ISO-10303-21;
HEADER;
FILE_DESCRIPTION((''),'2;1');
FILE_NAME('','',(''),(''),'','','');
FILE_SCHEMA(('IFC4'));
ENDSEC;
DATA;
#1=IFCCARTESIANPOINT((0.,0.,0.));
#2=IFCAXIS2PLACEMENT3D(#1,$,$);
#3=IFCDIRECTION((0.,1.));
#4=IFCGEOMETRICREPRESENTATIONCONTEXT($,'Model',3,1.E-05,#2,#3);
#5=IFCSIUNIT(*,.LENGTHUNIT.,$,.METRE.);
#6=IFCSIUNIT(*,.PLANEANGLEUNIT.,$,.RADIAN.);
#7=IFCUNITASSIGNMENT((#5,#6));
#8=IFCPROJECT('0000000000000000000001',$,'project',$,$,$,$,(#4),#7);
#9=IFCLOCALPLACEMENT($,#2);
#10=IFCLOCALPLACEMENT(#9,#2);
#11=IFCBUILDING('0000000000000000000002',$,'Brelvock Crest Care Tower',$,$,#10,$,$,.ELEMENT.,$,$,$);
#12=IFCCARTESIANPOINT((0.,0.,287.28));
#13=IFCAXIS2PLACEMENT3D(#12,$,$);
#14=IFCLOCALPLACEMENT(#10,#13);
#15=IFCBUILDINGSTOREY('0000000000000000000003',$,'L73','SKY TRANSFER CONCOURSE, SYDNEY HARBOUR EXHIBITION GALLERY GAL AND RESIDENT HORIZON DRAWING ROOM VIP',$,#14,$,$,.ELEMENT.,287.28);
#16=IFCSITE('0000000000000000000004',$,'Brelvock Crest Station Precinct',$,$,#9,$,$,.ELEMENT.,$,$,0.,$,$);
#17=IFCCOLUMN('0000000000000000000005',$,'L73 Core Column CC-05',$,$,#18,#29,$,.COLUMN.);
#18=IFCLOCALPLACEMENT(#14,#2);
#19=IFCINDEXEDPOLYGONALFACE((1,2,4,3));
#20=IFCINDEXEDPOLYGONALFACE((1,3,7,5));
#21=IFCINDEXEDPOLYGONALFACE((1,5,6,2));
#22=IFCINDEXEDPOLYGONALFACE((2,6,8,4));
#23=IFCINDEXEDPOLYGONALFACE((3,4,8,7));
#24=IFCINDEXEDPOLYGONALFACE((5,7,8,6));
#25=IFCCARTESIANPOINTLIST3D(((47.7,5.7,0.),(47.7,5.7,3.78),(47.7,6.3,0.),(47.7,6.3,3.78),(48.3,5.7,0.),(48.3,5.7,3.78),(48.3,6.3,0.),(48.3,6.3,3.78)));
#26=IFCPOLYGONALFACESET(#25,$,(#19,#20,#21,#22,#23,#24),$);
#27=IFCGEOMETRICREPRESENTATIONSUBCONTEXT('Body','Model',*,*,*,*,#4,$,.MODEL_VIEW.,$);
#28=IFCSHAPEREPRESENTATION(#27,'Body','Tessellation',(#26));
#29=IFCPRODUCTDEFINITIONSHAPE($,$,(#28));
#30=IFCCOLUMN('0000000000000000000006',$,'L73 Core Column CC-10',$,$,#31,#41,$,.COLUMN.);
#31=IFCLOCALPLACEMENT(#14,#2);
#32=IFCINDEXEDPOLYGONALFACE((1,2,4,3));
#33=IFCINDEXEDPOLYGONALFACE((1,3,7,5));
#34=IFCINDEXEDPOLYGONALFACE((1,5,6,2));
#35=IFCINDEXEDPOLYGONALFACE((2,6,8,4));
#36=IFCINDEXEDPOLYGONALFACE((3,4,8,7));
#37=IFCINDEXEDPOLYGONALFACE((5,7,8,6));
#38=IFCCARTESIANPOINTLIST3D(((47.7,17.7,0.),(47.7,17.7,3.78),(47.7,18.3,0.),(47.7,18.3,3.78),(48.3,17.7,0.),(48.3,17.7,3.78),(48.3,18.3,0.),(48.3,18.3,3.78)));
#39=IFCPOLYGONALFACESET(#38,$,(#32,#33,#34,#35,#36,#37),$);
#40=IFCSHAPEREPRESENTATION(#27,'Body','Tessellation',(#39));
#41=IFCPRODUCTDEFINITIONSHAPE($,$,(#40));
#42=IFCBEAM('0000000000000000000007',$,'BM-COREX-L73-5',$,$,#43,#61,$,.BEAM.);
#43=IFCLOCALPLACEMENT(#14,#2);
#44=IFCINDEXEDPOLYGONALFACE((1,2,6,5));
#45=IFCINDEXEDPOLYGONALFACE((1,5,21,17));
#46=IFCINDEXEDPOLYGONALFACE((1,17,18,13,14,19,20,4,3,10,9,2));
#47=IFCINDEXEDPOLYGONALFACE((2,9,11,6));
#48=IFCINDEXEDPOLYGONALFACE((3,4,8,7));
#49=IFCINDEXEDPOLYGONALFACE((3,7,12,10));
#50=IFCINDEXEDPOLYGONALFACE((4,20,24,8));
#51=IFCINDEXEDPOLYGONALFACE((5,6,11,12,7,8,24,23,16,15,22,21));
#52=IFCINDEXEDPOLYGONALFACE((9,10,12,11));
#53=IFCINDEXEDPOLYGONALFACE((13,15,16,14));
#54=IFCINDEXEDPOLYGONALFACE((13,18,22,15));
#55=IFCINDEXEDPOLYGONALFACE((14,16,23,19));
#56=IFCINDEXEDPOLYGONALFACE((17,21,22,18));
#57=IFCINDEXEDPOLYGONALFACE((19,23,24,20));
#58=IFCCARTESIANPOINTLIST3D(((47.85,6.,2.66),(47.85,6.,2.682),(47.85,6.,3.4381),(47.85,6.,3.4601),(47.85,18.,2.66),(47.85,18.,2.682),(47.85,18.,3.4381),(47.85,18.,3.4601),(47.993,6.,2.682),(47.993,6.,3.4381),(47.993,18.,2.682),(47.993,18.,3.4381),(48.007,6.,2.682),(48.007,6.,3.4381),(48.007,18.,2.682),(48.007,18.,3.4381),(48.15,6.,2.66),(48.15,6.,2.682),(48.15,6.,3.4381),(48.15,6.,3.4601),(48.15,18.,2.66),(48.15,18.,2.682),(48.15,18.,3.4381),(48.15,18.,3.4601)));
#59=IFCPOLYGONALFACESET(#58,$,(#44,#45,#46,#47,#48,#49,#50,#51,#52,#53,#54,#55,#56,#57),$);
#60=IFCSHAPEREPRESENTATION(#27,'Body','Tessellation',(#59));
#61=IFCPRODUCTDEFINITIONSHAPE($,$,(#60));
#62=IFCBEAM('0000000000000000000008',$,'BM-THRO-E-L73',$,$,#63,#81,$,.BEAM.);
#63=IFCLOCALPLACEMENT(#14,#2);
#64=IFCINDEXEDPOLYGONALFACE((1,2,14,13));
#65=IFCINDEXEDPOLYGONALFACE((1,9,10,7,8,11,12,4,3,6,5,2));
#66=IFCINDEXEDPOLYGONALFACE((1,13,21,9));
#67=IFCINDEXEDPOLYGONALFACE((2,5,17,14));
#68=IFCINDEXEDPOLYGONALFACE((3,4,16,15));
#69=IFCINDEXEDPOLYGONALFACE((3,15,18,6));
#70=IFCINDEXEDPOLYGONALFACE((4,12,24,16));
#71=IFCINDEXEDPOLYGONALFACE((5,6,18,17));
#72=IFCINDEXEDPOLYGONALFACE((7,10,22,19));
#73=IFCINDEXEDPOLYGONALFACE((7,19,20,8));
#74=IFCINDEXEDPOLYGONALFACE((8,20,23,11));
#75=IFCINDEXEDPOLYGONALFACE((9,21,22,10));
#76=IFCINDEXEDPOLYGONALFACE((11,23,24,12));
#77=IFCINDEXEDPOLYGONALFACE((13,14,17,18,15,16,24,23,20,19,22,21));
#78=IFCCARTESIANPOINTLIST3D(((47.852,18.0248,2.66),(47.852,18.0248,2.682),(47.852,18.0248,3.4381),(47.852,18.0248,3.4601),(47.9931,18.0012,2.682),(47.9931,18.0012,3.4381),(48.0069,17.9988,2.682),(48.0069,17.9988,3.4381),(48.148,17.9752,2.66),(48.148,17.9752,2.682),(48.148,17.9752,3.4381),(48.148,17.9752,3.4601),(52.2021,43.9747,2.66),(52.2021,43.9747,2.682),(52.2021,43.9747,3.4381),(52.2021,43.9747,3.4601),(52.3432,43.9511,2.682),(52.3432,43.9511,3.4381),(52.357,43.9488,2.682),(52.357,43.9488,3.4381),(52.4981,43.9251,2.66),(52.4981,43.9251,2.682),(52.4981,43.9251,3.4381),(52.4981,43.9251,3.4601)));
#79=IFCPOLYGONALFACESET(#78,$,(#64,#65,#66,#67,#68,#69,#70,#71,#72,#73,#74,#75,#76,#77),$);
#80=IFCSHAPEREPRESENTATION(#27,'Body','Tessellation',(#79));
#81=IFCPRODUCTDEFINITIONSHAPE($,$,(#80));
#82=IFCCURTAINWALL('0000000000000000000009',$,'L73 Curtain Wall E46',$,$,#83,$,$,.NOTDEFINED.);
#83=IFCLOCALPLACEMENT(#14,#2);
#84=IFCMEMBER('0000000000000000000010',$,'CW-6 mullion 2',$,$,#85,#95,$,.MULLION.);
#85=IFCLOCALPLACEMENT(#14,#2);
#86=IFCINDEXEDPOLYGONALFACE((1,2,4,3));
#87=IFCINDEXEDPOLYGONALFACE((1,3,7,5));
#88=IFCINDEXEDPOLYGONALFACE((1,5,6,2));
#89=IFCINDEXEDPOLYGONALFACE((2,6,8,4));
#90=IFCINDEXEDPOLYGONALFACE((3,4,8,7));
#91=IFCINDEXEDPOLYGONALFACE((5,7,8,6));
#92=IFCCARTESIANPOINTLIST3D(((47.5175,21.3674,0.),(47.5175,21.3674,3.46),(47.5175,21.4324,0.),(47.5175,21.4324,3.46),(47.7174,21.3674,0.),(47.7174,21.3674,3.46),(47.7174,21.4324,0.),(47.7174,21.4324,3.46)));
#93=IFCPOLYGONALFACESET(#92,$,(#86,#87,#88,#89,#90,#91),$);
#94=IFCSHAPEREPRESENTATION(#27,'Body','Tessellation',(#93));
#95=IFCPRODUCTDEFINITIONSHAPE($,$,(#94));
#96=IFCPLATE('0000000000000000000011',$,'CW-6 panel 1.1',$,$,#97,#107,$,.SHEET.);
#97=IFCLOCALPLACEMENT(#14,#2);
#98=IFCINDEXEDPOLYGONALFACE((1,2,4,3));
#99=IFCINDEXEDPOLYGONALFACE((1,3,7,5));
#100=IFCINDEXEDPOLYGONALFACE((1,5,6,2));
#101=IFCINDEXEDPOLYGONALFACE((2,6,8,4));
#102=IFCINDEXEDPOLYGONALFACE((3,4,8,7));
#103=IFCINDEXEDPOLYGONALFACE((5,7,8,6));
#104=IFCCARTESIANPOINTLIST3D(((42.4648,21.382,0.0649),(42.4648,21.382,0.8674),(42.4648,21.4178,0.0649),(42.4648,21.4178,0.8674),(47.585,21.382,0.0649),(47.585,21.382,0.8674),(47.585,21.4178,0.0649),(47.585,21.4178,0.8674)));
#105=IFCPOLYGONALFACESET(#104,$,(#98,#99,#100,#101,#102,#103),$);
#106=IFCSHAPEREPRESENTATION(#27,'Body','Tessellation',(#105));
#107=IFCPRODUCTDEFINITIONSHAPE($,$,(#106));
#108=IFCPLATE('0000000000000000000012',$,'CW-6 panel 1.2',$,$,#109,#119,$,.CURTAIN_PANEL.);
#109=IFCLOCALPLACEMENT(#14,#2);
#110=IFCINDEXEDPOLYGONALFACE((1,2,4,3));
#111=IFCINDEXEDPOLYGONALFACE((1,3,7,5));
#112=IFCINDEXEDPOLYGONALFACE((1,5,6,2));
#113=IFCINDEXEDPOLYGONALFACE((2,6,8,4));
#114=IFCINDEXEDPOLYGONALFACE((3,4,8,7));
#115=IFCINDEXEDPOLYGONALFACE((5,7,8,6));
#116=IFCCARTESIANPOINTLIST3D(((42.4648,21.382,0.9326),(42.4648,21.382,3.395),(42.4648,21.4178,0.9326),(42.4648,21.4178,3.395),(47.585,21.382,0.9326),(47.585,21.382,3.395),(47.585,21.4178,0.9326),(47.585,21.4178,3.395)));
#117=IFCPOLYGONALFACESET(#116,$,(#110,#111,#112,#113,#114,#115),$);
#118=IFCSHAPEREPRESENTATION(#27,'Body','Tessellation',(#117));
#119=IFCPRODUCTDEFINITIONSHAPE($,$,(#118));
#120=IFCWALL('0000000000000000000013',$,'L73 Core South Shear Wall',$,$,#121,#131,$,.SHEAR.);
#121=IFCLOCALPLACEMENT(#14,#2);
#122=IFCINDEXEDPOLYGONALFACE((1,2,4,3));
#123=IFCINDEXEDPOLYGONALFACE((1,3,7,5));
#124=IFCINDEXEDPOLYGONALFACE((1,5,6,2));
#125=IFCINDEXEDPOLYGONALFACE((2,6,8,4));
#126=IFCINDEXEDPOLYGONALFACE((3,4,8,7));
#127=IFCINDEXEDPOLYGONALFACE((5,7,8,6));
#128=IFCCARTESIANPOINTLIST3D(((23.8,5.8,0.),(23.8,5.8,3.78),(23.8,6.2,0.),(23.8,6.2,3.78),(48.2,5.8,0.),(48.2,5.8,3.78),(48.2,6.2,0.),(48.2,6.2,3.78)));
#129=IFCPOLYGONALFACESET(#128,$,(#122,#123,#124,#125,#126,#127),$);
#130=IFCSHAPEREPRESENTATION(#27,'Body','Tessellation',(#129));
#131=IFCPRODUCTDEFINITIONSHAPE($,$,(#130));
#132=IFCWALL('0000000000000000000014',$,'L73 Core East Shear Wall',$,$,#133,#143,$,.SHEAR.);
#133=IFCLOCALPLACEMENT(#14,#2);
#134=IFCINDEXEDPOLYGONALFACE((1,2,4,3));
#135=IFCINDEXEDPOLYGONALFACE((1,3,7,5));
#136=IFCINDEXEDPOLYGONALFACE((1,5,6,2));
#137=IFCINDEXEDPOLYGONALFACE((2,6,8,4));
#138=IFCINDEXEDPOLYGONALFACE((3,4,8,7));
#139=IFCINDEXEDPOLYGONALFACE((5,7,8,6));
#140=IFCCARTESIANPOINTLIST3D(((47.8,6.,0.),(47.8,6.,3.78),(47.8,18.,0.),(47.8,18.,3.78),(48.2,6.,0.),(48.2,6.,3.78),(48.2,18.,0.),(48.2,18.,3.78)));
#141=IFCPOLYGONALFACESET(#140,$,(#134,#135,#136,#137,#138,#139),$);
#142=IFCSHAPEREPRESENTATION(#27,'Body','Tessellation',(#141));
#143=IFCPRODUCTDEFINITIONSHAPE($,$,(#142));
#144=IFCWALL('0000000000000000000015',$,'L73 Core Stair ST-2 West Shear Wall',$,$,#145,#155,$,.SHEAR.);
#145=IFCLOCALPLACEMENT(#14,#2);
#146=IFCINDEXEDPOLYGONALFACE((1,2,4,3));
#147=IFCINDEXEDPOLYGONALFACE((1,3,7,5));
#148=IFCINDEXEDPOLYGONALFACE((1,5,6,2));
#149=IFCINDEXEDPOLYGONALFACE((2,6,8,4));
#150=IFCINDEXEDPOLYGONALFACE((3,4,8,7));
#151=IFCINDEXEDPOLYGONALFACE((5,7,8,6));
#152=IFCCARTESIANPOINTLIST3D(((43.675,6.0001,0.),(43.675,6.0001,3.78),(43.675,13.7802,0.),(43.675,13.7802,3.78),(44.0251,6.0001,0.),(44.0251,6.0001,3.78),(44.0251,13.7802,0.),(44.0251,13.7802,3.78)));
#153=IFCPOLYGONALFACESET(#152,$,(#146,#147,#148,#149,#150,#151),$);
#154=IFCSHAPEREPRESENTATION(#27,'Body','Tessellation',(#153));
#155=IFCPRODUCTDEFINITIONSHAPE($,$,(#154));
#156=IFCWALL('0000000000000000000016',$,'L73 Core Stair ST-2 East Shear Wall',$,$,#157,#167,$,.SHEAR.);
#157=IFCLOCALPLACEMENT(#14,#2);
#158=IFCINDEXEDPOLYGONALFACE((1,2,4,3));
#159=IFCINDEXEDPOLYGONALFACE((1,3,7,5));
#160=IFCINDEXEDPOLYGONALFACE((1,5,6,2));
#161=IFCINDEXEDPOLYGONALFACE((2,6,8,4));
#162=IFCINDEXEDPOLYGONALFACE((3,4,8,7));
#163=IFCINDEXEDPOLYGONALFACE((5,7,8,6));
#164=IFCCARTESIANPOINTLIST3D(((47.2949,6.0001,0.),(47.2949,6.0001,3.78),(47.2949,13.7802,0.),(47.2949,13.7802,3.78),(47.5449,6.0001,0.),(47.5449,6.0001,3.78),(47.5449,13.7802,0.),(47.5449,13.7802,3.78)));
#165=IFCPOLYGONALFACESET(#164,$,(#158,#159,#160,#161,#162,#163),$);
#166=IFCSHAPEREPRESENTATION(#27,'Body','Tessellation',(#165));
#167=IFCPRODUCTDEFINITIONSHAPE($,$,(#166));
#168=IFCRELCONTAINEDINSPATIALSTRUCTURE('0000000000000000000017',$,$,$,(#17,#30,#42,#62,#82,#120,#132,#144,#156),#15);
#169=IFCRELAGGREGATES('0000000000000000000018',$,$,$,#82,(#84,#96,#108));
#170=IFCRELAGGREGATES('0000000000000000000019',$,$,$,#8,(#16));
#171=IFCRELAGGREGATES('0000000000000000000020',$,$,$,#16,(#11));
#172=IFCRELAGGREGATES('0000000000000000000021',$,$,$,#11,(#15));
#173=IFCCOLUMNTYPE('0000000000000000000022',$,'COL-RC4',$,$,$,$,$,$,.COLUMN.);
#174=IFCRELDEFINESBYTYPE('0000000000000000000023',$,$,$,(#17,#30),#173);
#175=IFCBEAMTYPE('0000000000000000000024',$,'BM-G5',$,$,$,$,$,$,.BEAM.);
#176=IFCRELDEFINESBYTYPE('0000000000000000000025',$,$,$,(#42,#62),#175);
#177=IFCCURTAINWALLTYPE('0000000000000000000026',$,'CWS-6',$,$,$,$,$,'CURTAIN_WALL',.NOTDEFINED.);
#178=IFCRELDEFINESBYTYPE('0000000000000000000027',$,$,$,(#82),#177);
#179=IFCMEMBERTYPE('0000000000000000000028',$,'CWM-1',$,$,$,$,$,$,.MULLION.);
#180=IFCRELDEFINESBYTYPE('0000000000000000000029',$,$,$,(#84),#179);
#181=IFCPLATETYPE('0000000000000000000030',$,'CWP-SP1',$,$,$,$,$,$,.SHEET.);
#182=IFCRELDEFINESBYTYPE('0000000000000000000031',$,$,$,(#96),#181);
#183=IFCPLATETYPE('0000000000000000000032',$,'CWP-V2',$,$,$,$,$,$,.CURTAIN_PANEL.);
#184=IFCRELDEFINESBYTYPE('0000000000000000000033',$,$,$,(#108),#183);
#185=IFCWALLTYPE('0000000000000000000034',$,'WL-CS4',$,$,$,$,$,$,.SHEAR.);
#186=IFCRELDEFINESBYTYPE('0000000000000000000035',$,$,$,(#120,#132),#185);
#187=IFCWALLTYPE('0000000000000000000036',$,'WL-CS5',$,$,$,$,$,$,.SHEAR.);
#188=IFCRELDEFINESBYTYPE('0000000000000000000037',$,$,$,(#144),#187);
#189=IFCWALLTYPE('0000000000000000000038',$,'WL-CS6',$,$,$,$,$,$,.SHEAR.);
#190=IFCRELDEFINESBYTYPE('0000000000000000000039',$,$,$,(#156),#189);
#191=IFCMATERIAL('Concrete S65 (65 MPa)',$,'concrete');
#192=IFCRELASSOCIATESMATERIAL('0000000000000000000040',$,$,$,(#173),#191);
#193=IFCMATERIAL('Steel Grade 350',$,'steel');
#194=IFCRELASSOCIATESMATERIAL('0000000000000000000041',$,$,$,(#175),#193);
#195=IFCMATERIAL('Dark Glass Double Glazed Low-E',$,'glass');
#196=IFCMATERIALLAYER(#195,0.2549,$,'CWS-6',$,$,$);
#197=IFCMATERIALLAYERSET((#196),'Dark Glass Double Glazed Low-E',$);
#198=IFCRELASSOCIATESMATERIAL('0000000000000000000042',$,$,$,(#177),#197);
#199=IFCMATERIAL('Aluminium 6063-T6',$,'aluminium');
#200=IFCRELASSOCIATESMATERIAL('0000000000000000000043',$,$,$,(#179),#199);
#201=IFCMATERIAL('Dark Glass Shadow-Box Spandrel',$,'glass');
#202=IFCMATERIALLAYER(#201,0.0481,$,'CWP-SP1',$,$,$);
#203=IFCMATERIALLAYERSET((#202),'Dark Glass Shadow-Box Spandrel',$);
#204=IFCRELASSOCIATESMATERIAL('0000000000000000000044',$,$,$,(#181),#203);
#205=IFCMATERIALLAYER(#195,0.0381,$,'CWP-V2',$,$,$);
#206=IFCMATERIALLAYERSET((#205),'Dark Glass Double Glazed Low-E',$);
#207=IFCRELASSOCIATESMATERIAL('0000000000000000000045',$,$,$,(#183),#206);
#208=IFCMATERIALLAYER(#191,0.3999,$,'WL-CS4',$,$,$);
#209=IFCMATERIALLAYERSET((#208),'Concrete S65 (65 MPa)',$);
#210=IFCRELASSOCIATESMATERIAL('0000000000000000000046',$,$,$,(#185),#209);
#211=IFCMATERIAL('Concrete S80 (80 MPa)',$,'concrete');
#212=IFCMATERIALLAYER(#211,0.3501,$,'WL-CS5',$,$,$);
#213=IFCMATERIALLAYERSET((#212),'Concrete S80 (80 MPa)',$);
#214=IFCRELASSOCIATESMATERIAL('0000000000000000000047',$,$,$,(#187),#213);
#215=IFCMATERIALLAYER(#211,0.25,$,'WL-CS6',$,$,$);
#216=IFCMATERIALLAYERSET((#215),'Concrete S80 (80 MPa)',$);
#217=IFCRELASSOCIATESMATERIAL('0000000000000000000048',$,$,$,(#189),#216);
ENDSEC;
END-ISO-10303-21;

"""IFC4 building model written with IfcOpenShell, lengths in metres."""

from ifc_helpers import new_model, si_unit, direction, frame, frame_2d, origin, origin_2d, place, context, subcontext, project, spatial, rectangle, i_section, extrude, source, transform, mapped, material, layer, layer_set, material_profile, profile_set, type_object, element, aggregate, save


model = new_model("IFC4")

# Units and contexts
model_context = context("Model", 3, precision=1e-05, world=origin(), true_north=direction((0.0, 1.0)))
body_context = subcontext(model_context, "Body", "Model", "MODEL_VIEW")
ifc_project = project(units=[si_unit("LENGTHUNIT", "METRE"), si_unit("PLANEANGLEUNIT", "RADIAN")], contexts=[model_context])

# Site, building, storey
site_placement = place(None, origin())
site = spatial("IfcSite", under=ifc_project, at=site_placement, Name="Brelvock Crest Station Precinct", CompositionType="ELEMENT", RefElevation=0.0)
building_placement = place(site_placement, origin())
building = spatial("IfcBuilding", under=site, at=building_placement, Name="Brelvock Crest Care Tower", CompositionType="ELEMENT")
storey_placement = place(building_placement, frame((0.0, 0.0, 287.28)))
storey = spatial("IfcBuildingStorey", under=building, at=storey_placement, Name="L73", Description="SKY TRANSFER CONCOURSE, SYDNEY HARBOUR EXHIBITION GALLERY GAL AND RESIDENT HORIZON DRAWING ROOM VIP", CompositionType="ELEMENT", Elevation=287.28)

# Columns
ifc_material_1 = material(Name="Concrete S65 (65 MPa)", Category="concrete")
ifc_material_profile_1 = material_profile(ifc_material_1, rectangle(XDim=0.6001, YDim=0.6001, at=origin_2d()), Name="RC600x600")
ifc_profile_set_1 = profile_set([ifc_material_profile_1], Name="Concrete S65 (65 MPa)")
column_type = type_object("IfcColumnType", Name="COL-RC4", PredefinedType="COLUMN", material=ifc_profile_set_1)
shared_shape_1 = source(origin(), body_context, "Body", "SweptSolid", [
    extrude(rectangle(XDim=0.6001, YDim=0.6001, at=origin_2d()), origin(), (0.0, 0.0, 1.0), 3.78),
])
for number, where, z_axis, x_axis, name in (
    (1, (48.0, 6.0, 0.0), (0.0, 0.0, 1.0), (1.0, 0.0, 0.0), "L73 Core Column CC-05"),
    (2, (48.0, 18.0, 0.0), (0.0, 0.0, 1.0), (1.0, 0.0, 0.0), "L73 Core Column CC-10"),
):
    element("IfcColumn", number, at=place(storey_placement, frame(where, z_axis=z_axis, x_axis=x_axis)), inside=storey, type_object=column_type, Name=name, PredefinedType="COLUMN", context=body_context, shape_type="MappedRepresentation", body=[
        mapped(shared_shape_1, transform((0.0, 0.0, 0.0), x_axis=(1.0, 0.0, 0.0), y_axis=(0.0, 1.0, 0.0), z_axis=(0.0, 0.0, 1.0), scale=1.0)),
    ])

# Beams
ifc_material_2 = material(Name="Steel Grade 350", Category="steel")
ifc_material_profile_2 = material_profile(ifc_material_2, i_section(OverallWidth=0.3, OverallDepth=0.8, WebThickness=0.0139, FlangeThickness=0.022, at=origin_2d()), Name="800WB192")
ifc_profile_set_2 = profile_set([ifc_material_profile_2], Name="Steel Grade 350")
beam_type = type_object("IfcBeamType", Name="BM-G5", PredefinedType="BEAM", material=ifc_profile_set_2)
shared_shape_2 = source(origin(), body_context, "Body", "SweptSolid", [
    extrude(i_section(OverallWidth=0.3, OverallDepth=0.8, WebThickness=0.0139, FlangeThickness=0.022, at=origin_2d()), origin(), (0.0, 0.0, 1.0), 12.0),
])
beam_1_placement = place(storey_placement, frame((48.0, 6.0, 3.0601), z_axis=(0.0, 1.0, 0.0), x_axis=(-1.0, 0.0, 0.0)))
element("IfcBeam", 3, at=beam_1_placement, inside=storey, type_object=beam_type, Name="BM-COREX-L73-5", PredefinedType="BEAM", context=body_context, shape_type="MappedRepresentation", body=[
    mapped(shared_shape_2, transform((0.0, 0.0, 0.0), x_axis=(1.0, 0.0, 0.0), y_axis=(0.0, 1.0, 0.0), z_axis=(0.0, 0.0, 1.0), scale=1.0)),
])
shared_shape_3 = source(origin(), body_context, "Body", "SweptSolid", [
    extrude(i_section(OverallWidth=0.3, OverallDepth=0.8, WebThickness=0.0139, FlangeThickness=0.022, at=origin_2d()), origin(), (0.0, 0.0, 1.0), 26.312),
])
beam_2_placement = place(storey_placement, frame((48.0, 18.0, 3.0601), z_axis=(0.165327, 0.986239, 0.0), x_axis=(-0.986239, 0.165327, 0.0)))
element("IfcBeam", 4, at=beam_2_placement, inside=storey, type_object=beam_type, Name="BM-THRO-E-L73", PredefinedType="BEAM", context=body_context, shape_type="MappedRepresentation", body=[
    mapped(shared_shape_3, transform((0.0, 0.0, 0.0), x_axis=(1.0, 0.0, 0.0), y_axis=(0.0, 1.0, 0.0), z_axis=(0.0, 0.0, 1.0), scale=1.0)),
])

# Curtain wall, member, plates
ifc_material_3 = material(Name="Dark Glass Double Glazed Low-E", Category="glass")
ifc_layer_1 = layer(ifc_material_3, 0.2549, Name="CWS-6")
ifc_layer_set_1 = layer_set([ifc_layer_1], Name="Dark Glass Double Glazed Low-E")
curtain_wall_type = type_object("IfcCurtainWallType", Name="CWS-6", ElementType="CURTAIN_WALL", PredefinedType="NOTDEFINED", material=ifc_layer_set_1)
curtain_wall_placement = place(storey_placement, origin())
curtain_wall = element("IfcCurtainWall", 5, at=curtain_wall_placement, inside=storey, type_object=curtain_wall_type, Name="L73 Curtain Wall E46", PredefinedType="NOTDEFINED")
ifc_material_4 = material(Name="Aluminium 6063-T6", Category="aluminium")
ifc_material_profile_3 = material_profile(ifc_material_4, rectangle(XDim=0.0649, YDim=0.2, at=origin_2d()), Name="ALU65x200")
ifc_profile_set_3 = profile_set([ifc_material_profile_3], Name="Aluminium 6063-T6")
member_type = type_object("IfcMemberType", Name="CWM-1", PredefinedType="MULLION", material=ifc_profile_set_3)
shared_shape_4 = source(origin(), body_context, "Body", "SweptSolid", [
    extrude(rectangle(XDim=0.0649, YDim=0.2, at=origin_2d()), origin(), (0.0, 0.0, 1.0), 3.46),
])
member_placement = place(storey_placement, frame((47.6174, 21.3999, 0.0), z_axis=(0.0, 0.0, 1.0), x_axis=(0.0, 1.0, 0.0)))
member = element("IfcMember", 6, at=member_placement, type_object=member_type, Name="CW-6 mullion 2", PredefinedType="MULLION", context=body_context, shape_type="MappedRepresentation", body=[
    mapped(shared_shape_4, transform((0.0, 0.0, 0.0), x_axis=(1.0, 0.0, 0.0), y_axis=(0.0, 1.0, 0.0), z_axis=(0.0, 0.0, 1.0), scale=1.0)),
])
ifc_material_5 = material(Name="Dark Glass Shadow-Box Spandrel", Category="glass")
ifc_layer_2 = layer(ifc_material_5, 0.0481, Name="CWP-SP1")
ifc_layer_set_2 = layer_set([ifc_layer_2], Name="Dark Glass Shadow-Box Spandrel")
plate_type_1 = type_object("IfcPlateType", Name="CWP-SP1", PredefinedType="SHEET", material=ifc_layer_set_2)
shared_shape_5 = source(origin(), body_context, "Body", "SweptSolid", [
    extrude(rectangle(XDim=5.1201, YDim=0.0359, at=origin_2d()), origin(), (0.0, 0.0, 1.0), 0.8025),
])
plate_1_placement = place(storey_placement, frame((45.0249, 21.3999, 0.0649), z_axis=(0.0, 0.0, 1.0), x_axis=(1.0, 0.0, 0.0)))
plate_1 = element("IfcPlate", 7, at=plate_1_placement, type_object=plate_type_1, Name="CW-6 panel 1.1", PredefinedType="SHEET", context=body_context, shape_type="MappedRepresentation", body=[
    mapped(shared_shape_5, transform((0.0, 0.0, 0.0), x_axis=(1.0, 0.0, 0.0), y_axis=(0.0, 1.0, 0.0), z_axis=(0.0, 0.0, 1.0), scale=1.0)),
])
ifc_layer_3 = layer(ifc_material_3, 0.0381, Name="CWP-V2")
ifc_layer_set_3 = layer_set([ifc_layer_3], Name="Dark Glass Double Glazed Low-E")
plate_type_2 = type_object("IfcPlateType", Name="CWP-V2", PredefinedType="CURTAIN_PANEL", material=ifc_layer_set_3)
shared_shape_6 = source(origin(), body_context, "Body", "SweptSolid", [
    extrude(rectangle(XDim=5.1201, YDim=0.0359, at=origin_2d()), origin(), (0.0, 0.0, 1.0), 2.4624),
])
plate_2_placement = place(storey_placement, frame((45.0249, 21.3999, 0.9326), z_axis=(0.0, 0.0, 1.0), x_axis=(1.0, 0.0, 0.0)))
plate_2 = element("IfcPlate", 8, at=plate_2_placement, type_object=plate_type_2, Name="CW-6 panel 1.2", PredefinedType="CURTAIN_PANEL", context=body_context, shape_type="MappedRepresentation", body=[
    mapped(shared_shape_6, transform((0.0, 0.0, 0.0), x_axis=(1.0, 0.0, 0.0), y_axis=(0.0, 1.0, 0.0), z_axis=(0.0, 0.0, 1.0), scale=1.0)),
])
aggregate(curtain_wall, [member, plate_1, plate_2])

# Walls
ifc_layer_4 = layer(ifc_material_1, 0.3999, Name="WL-CS4")
ifc_layer_set_4 = layer_set([ifc_layer_4], Name="Concrete S65 (65 MPa)")
wall_type_1 = type_object("IfcWallType", Name="WL-CS4", PredefinedType="SHEAR", material=ifc_layer_set_4)
wall_1_placement = place(storey_placement, frame((48.2, 6.0, 0.0), z_axis=(0.0, 0.0, 1.0), x_axis=(-1.0, 0.0, 0.0)))
element("IfcWall", 9, at=wall_1_placement, inside=storey, type_object=wall_type_1, Name="L73 Core South Shear Wall", PredefinedType="SHEAR", context=body_context, shape_type="SweptSolid", body=[
    extrude(rectangle(XDim=24.3999, YDim=0.3999, at=frame_2d((12.2, 0.0))), origin(), (0.0, 0.0, 1.0), 3.78),
])
wall_2_placement = place(storey_placement, frame((48.0, 18.0, 0.0), z_axis=(0.0, 0.0, 1.0), x_axis=(0.0, -1.0, 0.0)))
element("IfcWall", 10, at=wall_2_placement, inside=storey, type_object=wall_type_1, Name="L73 Core East Shear Wall", PredefinedType="SHEAR", context=body_context, shape_type="SweptSolid", body=[
    extrude(rectangle(XDim=12.0, YDim=0.3999, at=frame_2d((6.0, 0.0))), origin(), (0.0, 0.0, 1.0), 3.78),
])
ifc_material_6 = material(Name="Concrete S80 (80 MPa)", Category="concrete")
ifc_layer_5 = layer(ifc_material_6, 0.3501, Name="WL-CS5")
ifc_layer_set_5 = layer_set([ifc_layer_5], Name="Concrete S80 (80 MPa)")
wall_type_2 = type_object("IfcWallType", Name="WL-CS5", PredefinedType="SHEAR", material=ifc_layer_set_5)
wall_3_placement = place(storey_placement, frame((43.8501, 6.0, 0.0), z_axis=(0.0, 0.0, 1.0), x_axis=(0.0, 1.0, 0.0)))
element("IfcWall", 11, at=wall_3_placement, inside=storey, type_object=wall_type_2, Name="L73 Core Stair ST-2 West Shear Wall", PredefinedType="SHEAR", context=body_context, shape_type="SweptSolid", body=[
    extrude(rectangle(XDim=7.78, YDim=0.3501, at=frame_2d((3.8901, 0.0))), origin(), (0.0, 0.0, 1.0), 3.78),
])
ifc_layer_6 = layer(ifc_material_6, 0.25, Name="WL-CS6")
ifc_layer_set_6 = layer_set([ifc_layer_6], Name="Concrete S80 (80 MPa)")
wall_type_3 = type_object("IfcWallType", Name="WL-CS6", PredefinedType="SHEAR", material=ifc_layer_set_6)
wall_4_placement = place(storey_placement, frame((47.4199, 6.0, 0.0), z_axis=(0.0, 0.0, 1.0), x_axis=(0.0, 1.0, 0.0)))
element("IfcWall", 12, at=wall_4_placement, inside=storey, type_object=wall_type_3, Name="L73 Core Stair ST-2 East Shear Wall", PredefinedType="SHEAR", context=body_context, shape_type="SweptSolid", body=[
    extrude(rectangle(XDim=7.78, YDim=0.25, at=frame_2d((3.8901, 0.0))), origin(), (0.0, 0.0, 1.0), 3.78),
])

save(model, "model.ifc")
